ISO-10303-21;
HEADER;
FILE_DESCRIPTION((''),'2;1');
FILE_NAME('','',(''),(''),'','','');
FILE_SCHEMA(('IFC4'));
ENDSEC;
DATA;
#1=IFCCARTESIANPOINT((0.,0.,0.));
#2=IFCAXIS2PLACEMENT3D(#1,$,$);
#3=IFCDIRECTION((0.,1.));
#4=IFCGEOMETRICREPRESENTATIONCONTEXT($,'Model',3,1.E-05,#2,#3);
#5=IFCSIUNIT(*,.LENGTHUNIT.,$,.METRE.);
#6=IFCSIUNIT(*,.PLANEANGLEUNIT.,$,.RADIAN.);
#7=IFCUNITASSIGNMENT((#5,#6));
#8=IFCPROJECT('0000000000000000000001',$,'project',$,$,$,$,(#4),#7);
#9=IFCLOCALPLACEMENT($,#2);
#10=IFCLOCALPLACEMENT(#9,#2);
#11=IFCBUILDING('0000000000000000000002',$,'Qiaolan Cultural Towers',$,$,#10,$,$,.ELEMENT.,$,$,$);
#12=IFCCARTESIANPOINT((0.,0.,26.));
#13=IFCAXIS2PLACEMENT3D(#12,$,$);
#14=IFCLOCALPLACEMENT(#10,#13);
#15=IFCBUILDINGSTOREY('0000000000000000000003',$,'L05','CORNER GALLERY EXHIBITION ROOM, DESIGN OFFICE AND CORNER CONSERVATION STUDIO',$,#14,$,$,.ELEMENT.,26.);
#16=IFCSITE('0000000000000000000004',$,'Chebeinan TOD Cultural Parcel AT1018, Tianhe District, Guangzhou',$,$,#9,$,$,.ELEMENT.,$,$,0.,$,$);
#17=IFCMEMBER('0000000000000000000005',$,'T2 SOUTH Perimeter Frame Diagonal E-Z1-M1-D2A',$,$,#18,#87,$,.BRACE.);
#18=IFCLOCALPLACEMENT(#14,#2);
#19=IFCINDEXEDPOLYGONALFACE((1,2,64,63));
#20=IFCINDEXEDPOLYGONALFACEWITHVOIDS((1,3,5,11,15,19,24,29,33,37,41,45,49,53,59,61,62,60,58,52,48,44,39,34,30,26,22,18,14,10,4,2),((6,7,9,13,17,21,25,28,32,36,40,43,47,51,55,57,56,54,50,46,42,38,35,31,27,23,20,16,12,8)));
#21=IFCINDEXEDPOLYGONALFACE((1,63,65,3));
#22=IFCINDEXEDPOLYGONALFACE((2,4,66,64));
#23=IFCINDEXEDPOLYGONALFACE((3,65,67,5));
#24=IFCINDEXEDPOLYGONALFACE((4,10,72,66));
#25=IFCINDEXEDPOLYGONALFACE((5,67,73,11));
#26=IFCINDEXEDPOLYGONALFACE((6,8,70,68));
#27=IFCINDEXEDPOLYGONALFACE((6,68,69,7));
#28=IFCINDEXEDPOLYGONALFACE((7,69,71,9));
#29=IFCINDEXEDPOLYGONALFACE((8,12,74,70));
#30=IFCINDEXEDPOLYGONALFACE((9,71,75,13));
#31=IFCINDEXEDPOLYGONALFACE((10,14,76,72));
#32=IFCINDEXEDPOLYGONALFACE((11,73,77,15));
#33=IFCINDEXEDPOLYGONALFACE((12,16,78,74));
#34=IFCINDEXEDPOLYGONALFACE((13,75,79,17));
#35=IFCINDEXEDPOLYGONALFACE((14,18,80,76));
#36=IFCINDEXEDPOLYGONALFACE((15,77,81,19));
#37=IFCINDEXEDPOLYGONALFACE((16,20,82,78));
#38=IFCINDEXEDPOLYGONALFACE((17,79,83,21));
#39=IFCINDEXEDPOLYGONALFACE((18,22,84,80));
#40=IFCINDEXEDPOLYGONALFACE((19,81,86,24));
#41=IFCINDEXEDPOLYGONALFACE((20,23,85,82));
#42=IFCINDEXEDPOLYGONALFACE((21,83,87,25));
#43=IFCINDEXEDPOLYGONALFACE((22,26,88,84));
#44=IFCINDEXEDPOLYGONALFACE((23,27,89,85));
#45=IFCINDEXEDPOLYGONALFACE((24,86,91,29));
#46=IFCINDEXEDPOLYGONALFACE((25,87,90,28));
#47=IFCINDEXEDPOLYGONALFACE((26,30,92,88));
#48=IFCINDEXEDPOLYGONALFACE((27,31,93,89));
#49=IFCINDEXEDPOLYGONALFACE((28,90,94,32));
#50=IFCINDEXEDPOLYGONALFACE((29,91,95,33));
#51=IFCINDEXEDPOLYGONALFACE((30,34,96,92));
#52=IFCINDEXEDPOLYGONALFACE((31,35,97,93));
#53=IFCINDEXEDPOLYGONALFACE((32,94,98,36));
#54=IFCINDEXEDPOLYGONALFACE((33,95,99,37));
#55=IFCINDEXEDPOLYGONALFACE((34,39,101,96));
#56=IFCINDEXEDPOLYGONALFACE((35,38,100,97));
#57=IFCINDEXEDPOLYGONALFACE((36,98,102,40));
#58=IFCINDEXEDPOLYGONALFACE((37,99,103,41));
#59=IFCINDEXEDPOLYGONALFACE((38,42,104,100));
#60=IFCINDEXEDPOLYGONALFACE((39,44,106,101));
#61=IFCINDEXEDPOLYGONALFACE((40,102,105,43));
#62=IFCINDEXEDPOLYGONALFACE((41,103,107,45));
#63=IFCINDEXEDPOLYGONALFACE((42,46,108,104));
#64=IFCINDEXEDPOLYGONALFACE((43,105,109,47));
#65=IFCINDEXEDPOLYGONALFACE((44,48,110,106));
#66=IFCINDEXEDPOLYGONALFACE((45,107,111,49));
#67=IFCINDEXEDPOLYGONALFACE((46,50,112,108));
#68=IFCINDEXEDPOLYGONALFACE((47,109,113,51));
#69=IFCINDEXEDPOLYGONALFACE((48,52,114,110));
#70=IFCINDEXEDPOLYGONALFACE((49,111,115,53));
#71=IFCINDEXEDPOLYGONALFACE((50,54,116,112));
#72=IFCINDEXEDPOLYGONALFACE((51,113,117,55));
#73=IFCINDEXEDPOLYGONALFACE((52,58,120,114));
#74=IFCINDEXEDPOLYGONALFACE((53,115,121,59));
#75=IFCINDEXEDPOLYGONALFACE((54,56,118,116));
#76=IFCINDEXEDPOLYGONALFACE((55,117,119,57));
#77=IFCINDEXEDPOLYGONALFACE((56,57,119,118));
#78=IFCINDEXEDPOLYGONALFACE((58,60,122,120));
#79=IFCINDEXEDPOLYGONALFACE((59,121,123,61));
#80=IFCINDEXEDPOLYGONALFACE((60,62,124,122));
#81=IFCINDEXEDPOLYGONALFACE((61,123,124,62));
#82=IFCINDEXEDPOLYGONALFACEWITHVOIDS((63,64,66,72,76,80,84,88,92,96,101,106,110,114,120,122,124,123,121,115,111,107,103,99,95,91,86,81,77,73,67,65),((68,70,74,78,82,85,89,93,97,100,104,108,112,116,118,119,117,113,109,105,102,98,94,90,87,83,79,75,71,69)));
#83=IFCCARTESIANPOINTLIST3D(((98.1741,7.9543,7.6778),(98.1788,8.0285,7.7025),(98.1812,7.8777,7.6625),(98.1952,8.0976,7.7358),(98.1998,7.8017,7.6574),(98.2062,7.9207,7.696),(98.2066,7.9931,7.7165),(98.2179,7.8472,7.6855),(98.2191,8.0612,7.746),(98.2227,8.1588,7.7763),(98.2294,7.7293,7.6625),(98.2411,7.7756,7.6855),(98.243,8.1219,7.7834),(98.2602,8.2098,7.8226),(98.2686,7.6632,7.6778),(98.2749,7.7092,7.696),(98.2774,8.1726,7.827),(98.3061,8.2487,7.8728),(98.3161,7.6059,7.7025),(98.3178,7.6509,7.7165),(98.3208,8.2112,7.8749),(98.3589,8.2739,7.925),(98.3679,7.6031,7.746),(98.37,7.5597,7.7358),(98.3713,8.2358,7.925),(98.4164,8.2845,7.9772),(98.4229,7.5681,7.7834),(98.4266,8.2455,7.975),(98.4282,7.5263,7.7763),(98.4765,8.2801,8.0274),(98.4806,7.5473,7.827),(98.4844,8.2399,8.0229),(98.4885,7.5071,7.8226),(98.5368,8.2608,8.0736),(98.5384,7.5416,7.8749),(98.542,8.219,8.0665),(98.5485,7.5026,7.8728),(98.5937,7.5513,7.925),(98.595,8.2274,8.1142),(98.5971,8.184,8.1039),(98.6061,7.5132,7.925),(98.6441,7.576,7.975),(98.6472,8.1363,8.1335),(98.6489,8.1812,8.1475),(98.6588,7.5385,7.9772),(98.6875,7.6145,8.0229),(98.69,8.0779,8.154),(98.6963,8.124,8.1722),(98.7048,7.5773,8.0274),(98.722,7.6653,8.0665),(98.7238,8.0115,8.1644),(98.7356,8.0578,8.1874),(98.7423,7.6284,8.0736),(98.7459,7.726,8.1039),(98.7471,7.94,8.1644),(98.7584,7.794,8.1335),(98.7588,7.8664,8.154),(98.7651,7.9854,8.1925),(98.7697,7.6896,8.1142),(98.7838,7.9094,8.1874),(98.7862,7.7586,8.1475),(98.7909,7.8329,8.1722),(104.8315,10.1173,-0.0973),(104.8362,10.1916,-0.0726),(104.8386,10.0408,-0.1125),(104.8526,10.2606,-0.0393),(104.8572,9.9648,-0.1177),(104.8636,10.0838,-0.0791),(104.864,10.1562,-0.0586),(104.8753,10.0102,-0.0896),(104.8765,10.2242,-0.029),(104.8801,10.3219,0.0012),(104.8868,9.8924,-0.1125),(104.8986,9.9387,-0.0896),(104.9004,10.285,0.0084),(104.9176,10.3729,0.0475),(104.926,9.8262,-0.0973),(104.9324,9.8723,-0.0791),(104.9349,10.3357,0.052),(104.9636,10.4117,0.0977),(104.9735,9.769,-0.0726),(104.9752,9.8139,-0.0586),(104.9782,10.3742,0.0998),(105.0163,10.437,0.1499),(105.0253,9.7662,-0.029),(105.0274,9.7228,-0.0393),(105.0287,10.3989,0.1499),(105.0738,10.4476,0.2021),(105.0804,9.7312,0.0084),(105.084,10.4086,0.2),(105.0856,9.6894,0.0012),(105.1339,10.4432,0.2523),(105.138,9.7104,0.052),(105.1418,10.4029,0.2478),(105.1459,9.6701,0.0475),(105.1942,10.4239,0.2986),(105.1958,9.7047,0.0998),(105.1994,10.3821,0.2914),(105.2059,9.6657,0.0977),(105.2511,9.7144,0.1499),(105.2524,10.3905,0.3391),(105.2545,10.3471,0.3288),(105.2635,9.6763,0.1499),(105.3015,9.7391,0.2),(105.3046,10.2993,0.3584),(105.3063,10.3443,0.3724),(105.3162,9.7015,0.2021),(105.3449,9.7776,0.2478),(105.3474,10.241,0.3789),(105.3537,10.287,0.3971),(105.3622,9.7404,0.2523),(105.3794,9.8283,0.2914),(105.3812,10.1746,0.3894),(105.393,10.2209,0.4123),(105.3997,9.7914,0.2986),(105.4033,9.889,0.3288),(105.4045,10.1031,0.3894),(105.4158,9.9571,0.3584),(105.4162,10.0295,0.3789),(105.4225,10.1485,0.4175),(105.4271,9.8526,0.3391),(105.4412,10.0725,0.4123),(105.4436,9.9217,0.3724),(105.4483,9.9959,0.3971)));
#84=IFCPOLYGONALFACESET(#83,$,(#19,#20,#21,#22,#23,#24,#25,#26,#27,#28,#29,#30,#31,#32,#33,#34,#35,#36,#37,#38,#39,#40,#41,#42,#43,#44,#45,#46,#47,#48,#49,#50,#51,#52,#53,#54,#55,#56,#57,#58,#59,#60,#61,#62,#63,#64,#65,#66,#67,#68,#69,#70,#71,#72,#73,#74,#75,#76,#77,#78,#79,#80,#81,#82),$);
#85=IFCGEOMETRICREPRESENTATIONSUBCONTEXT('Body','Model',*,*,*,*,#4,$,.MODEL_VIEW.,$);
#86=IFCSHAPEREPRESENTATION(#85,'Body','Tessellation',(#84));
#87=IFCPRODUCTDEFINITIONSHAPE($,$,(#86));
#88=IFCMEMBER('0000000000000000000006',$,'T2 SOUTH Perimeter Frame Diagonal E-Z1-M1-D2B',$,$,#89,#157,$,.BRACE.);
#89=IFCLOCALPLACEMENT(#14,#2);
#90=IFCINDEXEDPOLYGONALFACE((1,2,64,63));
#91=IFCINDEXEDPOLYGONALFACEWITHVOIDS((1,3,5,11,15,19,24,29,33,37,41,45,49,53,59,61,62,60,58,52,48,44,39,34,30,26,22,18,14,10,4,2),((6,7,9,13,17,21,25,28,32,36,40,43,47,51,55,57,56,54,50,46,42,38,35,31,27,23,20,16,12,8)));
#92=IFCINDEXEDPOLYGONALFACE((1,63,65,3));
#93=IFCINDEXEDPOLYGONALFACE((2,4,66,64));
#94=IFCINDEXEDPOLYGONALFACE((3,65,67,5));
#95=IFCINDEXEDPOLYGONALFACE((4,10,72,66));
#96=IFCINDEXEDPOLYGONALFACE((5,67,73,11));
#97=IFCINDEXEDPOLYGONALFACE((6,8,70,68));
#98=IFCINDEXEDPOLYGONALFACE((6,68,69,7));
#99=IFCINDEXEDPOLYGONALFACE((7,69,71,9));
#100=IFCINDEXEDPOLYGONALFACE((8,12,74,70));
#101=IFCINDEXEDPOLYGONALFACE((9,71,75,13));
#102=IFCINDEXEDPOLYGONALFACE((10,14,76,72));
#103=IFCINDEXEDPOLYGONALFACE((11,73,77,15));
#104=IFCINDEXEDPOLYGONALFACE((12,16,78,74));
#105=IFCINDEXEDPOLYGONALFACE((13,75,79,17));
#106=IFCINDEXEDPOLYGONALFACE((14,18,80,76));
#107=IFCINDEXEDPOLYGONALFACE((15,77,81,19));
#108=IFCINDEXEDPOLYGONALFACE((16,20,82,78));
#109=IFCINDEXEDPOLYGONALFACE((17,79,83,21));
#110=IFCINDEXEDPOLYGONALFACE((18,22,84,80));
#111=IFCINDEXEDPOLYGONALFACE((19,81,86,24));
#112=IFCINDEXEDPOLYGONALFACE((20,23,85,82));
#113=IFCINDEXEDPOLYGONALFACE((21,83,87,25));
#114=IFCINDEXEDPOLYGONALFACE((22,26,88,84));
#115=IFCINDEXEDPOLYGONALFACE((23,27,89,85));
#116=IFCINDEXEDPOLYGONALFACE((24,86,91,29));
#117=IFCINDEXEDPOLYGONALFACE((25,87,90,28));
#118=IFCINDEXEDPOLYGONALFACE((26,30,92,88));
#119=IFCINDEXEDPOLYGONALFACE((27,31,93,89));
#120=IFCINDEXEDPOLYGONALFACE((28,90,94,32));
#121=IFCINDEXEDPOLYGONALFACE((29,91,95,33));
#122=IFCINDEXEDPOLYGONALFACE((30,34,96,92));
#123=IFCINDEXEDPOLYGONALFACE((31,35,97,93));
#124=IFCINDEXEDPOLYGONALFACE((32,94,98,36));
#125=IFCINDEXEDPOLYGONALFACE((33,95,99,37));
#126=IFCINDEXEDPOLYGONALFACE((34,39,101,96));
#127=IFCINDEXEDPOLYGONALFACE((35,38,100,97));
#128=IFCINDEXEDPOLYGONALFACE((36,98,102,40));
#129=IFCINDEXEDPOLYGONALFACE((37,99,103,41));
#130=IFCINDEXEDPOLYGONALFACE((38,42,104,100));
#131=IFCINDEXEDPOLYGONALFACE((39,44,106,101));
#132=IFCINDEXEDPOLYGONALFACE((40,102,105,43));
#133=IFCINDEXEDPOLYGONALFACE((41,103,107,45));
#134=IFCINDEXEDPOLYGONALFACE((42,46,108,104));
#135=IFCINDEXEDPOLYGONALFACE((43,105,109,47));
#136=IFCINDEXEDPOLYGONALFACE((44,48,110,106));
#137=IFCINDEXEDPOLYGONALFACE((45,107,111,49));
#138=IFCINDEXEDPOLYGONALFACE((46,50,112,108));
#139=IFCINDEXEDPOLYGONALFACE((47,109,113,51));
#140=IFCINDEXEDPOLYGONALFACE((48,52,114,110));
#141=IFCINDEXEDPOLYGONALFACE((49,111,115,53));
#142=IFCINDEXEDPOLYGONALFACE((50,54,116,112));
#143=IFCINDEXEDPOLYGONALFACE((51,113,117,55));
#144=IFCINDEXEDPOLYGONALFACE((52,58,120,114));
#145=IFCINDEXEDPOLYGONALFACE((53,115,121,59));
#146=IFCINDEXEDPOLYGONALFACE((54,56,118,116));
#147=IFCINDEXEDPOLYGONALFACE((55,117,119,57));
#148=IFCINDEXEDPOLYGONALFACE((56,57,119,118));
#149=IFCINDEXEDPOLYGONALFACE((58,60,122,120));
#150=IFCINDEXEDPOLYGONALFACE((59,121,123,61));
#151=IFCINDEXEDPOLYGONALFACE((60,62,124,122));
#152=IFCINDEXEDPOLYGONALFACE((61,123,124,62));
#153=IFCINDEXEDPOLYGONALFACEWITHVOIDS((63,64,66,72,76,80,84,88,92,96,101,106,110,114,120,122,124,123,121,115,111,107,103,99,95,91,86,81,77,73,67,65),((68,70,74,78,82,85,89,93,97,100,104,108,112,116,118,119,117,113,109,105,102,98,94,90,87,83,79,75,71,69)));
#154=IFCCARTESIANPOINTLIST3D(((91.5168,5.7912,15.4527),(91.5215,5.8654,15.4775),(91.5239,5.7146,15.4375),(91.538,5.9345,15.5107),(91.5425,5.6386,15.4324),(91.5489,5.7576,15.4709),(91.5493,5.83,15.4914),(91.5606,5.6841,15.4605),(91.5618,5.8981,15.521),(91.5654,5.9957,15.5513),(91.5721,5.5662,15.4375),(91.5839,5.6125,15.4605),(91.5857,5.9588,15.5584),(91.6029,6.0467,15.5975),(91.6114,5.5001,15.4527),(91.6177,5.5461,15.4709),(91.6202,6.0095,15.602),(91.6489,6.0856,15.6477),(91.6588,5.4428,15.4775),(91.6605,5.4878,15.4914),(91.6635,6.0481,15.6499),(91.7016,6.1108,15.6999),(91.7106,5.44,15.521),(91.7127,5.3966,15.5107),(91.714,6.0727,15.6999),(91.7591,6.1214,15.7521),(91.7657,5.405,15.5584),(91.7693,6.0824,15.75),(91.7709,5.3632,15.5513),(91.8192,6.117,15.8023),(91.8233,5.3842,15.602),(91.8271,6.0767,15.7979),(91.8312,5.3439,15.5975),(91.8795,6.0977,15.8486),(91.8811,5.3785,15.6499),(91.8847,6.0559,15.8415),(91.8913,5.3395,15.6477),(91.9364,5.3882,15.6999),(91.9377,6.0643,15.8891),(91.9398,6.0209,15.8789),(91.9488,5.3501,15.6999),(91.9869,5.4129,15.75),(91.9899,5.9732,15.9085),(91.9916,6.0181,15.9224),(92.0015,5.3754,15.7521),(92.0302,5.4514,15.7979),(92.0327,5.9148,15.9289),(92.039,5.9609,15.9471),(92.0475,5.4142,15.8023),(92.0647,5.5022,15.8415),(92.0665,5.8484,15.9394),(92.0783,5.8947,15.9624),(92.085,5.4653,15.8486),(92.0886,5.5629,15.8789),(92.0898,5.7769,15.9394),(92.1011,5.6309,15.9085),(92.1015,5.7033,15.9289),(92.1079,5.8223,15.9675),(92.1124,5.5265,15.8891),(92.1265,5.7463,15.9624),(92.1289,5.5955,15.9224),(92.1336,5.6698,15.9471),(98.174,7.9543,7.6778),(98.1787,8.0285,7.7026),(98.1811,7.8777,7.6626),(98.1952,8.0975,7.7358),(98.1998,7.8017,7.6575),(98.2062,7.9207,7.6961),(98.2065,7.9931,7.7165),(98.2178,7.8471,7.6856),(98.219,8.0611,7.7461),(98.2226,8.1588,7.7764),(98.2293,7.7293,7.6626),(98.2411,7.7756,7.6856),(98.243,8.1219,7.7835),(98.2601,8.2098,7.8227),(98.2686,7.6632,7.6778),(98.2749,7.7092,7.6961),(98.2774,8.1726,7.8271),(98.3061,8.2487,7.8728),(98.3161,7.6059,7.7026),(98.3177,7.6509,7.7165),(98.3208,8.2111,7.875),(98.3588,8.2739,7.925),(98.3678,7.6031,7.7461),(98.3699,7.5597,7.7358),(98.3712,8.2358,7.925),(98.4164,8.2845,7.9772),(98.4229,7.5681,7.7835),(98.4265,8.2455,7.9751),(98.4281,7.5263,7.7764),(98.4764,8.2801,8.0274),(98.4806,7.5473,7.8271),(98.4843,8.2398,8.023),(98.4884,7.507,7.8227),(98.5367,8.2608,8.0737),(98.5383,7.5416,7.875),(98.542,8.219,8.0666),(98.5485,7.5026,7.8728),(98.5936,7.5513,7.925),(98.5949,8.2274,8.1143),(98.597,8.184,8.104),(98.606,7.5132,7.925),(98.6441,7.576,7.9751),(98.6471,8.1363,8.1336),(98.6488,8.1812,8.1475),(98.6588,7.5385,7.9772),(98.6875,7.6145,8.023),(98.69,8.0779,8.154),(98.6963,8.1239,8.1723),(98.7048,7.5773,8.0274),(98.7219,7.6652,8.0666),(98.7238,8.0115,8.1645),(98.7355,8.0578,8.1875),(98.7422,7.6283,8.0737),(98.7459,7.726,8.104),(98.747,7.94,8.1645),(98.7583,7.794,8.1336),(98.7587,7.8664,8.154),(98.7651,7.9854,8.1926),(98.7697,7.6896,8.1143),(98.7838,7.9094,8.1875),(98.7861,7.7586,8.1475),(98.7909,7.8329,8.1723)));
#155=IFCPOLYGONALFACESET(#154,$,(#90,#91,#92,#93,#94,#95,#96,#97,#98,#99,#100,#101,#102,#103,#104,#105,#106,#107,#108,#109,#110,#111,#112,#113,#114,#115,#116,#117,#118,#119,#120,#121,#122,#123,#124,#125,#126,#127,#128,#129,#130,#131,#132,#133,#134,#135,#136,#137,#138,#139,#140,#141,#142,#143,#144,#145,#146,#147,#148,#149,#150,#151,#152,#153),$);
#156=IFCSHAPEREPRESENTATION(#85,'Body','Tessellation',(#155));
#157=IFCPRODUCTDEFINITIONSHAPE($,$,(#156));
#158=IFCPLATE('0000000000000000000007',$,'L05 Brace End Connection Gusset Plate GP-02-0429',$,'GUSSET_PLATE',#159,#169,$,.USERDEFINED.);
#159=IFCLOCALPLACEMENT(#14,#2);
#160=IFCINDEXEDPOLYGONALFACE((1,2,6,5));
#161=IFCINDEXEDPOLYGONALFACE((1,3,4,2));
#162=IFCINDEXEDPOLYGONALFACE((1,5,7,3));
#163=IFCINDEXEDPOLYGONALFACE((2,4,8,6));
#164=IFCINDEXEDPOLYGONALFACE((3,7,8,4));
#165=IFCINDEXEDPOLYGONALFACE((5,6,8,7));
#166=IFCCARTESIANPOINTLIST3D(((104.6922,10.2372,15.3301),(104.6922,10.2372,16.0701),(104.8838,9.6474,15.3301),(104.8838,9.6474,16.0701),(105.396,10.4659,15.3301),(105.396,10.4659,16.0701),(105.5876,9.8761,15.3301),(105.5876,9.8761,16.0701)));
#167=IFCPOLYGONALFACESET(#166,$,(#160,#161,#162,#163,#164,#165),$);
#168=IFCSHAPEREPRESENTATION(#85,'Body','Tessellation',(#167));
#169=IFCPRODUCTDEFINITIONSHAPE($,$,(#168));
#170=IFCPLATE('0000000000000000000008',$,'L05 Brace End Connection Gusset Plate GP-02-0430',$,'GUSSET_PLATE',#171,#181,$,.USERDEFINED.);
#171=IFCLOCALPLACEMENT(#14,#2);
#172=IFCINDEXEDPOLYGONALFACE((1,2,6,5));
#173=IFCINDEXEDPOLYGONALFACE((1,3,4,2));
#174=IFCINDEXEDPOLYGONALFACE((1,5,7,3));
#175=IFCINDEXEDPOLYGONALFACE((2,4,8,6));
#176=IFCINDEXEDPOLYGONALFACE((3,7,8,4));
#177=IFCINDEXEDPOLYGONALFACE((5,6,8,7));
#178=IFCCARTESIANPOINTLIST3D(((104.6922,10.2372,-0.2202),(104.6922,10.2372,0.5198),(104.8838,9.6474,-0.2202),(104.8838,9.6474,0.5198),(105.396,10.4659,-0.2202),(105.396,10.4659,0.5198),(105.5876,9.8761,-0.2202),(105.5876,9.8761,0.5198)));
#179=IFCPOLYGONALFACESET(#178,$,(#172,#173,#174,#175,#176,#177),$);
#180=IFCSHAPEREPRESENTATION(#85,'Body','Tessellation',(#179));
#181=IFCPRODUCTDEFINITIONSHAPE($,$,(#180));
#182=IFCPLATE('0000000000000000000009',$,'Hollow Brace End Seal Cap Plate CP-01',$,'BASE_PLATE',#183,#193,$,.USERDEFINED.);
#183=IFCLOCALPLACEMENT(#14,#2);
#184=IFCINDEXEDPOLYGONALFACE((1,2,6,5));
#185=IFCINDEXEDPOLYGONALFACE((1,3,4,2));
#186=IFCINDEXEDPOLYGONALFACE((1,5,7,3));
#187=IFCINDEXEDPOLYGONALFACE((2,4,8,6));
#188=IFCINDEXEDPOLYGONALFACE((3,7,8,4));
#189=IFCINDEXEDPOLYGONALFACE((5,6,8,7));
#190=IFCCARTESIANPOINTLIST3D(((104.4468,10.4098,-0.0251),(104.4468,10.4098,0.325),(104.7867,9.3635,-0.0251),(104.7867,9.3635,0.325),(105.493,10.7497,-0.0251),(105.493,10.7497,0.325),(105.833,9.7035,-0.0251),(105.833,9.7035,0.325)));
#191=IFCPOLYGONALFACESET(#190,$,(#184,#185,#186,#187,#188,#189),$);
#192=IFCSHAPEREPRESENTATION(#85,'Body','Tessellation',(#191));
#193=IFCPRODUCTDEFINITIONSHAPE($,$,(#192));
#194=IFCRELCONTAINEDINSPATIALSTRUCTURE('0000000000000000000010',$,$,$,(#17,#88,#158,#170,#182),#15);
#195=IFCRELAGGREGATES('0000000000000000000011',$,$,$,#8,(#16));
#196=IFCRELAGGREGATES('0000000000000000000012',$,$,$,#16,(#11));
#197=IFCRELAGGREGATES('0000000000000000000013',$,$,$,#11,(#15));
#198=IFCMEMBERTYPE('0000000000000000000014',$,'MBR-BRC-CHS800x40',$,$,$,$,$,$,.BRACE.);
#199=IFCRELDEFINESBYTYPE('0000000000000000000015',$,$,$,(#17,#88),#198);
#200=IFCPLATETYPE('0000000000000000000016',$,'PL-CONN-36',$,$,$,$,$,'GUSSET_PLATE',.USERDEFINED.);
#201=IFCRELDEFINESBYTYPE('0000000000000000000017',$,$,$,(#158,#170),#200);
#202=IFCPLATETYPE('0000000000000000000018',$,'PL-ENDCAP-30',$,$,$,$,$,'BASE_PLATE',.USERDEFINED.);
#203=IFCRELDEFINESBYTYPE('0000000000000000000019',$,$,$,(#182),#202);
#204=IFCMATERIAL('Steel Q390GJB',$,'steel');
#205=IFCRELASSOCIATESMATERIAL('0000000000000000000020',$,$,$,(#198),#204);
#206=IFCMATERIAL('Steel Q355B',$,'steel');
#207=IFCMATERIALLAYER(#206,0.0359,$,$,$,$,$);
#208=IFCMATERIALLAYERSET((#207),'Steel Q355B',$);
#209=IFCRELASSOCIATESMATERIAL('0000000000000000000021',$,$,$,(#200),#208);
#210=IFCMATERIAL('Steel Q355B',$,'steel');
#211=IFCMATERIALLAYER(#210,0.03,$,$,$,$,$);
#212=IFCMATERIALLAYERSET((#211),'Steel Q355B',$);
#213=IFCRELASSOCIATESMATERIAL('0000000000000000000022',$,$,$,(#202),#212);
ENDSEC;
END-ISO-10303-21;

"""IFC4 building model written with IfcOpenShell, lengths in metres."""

from ifc_helpers import new_model, si_unit, direction, frame, origin, origin_2d, place, context, subcontext, project, spatial, rectangle, hollow_circle, extrude, material, layer, layer_set, material_profile, profile_set, type_object, element, save


model = new_model("IFC4")

# Units and contexts
model_context = context("Model", 3, precision=1e-05, world=origin(), true_north=direction((0.0, 1.0)))
body_context = subcontext(model_context, "Body", "Model", "MODEL_VIEW")
ifc_project = project(units=[si_unit("LENGTHUNIT", "METRE"), si_unit("PLANEANGLEUNIT", "RADIAN")], contexts=[model_context])

# Site, building, storey
site_placement = place(None, origin())
site = spatial("IfcSite", under=ifc_project, at=site_placement, Name="Chebeinan TOD Cultural Parcel AT1018, Tianhe District, Guangzhou", CompositionType="ELEMENT", RefElevation=0.0)
building_placement = place(site_placement, origin())
building = spatial("IfcBuilding", under=site, at=building_placement, Name="Qiaolan Cultural Towers", CompositionType="ELEMENT")
storey_placement = place(building_placement, frame((0.0, 0.0, 26.0)))
storey = spatial("IfcBuildingStorey", under=building, at=storey_placement, Name="L05", Description="CORNER GALLERY EXHIBITION ROOM, DESIGN OFFICE AND CORNER CONSERVATION STUDIO", CompositionType="ELEMENT", Elevation=26.0)

# Members
ifc_material_1 = material(Name="Steel Q390GJB", Category="steel")
ifc_material_profile_1 = material_profile(ifc_material_1, hollow_circle(Radius=0.3999, WallThickness=0.04, at=origin_2d()), Name="CHS800x40")
ifc_profile_set_1 = profile_set([ifc_material_profile_1], Name="Steel Q390GJB")
member_type = type_object("IfcMemberType", Name="MBR-BRC-CHS800x40", PredefinedType="BRACE", material=ifc_profile_set_1)
for number, where, z_axis, x_axis, name in (
    (1, (105.1399, 10.0566, 0.1499), (-0.636347, -0.206756, 0.743179), (0.30901, -0.951059, 0.0), "T2 SOUTH Perimeter Frame Diagonal E-Z1-M1-D2A"),
):
    element("IfcMember", number, at=place(storey_placement, frame(where, z_axis=z_axis, x_axis=x_axis)), inside=storey, type_object=member_type, Name=name, PredefinedType="BRACE", context=body_context, shape_type="SweptSolid", body=[
        extrude(hollow_circle(Radius=0.3999, WallThickness=0.04, at=origin_2d()), origin(), (0.0, 0.0, 1.0), 10.4619),
    ])
member_placement = place(storey_placement, frame((98.4824, 7.8936, 7.925), z_axis=(-0.636344, -0.206763, 0.743179), x_axis=(0.30902, -0.951056, 0.0)))
element("IfcMember", 2, at=member_placement, inside=storey, type_object=member_type, Name="T2 SOUTH Perimeter Frame Diagonal E-Z1-M1-D2B", PredefinedType="BRACE", context=body_context, shape_type="SweptSolid", body=[
    extrude(hollow_circle(Radius=0.3999, WallThickness=0.04, at=origin_2d()), origin(), (0.0, 0.0, 1.0), 10.4617),
])

# Plates
ifc_material_2 = material(Name="Steel Q355B", Category="steel")
ifc_layer_1 = layer(ifc_material_2, 0.0359)
ifc_layer_set_1 = layer_set([ifc_layer_1], Name="Steel Q355B")
plate_type_1 = type_object("IfcPlateType", Name="PL-CONN-36", ElementType="GUSSET_PLATE", PredefinedType="USERDEFINED", material=ifc_layer_set_1)
for number, where, z_axis, x_axis, name in (
    (3, (105.1399, 10.0566, 15.3301), (0.0, 0.0, 1.0), (0.951057, 0.309017, 0.0), "L05 Brace End Connection Gusset Plate GP-02-0429"),
    (4, (105.1399, 10.0566, -0.2202), (0.0, 0.0, 1.0), (0.951057, 0.309017, 0.0), "L05 Brace End Connection Gusset Plate GP-02-0430"),
):
    element("IfcPlate", number, at=place(storey_placement, frame(where, z_axis=z_axis, x_axis=x_axis)), inside=storey, type_object=plate_type_1, Name=name, ObjectType="GUSSET_PLATE", PredefinedType="USERDEFINED", context=body_context, shape_type="SweptSolid", body=[
        extrude(rectangle(XDim=0.74, YDim=0.6201, at=origin_2d()), origin(), (0.0, 0.0, 1.0), 0.74),
    ])
ifc_material_3 = material(Name="Steel Q355B", Category="steel")
ifc_layer_2 = layer(ifc_material_3, 0.03)
ifc_layer_set_2 = layer_set([ifc_layer_2], Name="Steel Q355B")
plate_type_2 = type_object("IfcPlateType", Name="PL-ENDCAP-30", ElementType="BASE_PLATE", PredefinedType="USERDEFINED", material=ifc_layer_set_2)
for number, where, z_axis, x_axis, name in (
    (5, (105.1399, 10.0566, -0.0251), (0.0, 0.0, 1.0), (0.951057, 0.309017, 0.0), "Hollow Brace End Seal Cap Plate CP-01"),
):
    element("IfcPlate", number, at=place(storey_placement, frame(where, z_axis=z_axis, x_axis=x_axis)), inside=storey, type_object=plate_type_2, Name=name, ObjectType="BASE_PLATE", PredefinedType="USERDEFINED", context=body_context, shape_type="SweptSolid", body=[
        extrude(rectangle(XDim=1.1001, YDim=1.1001, at=origin_2d()), origin(), (0.0, 0.0, 1.0), 0.3501),
    ])

save(model, "model.ifc")
